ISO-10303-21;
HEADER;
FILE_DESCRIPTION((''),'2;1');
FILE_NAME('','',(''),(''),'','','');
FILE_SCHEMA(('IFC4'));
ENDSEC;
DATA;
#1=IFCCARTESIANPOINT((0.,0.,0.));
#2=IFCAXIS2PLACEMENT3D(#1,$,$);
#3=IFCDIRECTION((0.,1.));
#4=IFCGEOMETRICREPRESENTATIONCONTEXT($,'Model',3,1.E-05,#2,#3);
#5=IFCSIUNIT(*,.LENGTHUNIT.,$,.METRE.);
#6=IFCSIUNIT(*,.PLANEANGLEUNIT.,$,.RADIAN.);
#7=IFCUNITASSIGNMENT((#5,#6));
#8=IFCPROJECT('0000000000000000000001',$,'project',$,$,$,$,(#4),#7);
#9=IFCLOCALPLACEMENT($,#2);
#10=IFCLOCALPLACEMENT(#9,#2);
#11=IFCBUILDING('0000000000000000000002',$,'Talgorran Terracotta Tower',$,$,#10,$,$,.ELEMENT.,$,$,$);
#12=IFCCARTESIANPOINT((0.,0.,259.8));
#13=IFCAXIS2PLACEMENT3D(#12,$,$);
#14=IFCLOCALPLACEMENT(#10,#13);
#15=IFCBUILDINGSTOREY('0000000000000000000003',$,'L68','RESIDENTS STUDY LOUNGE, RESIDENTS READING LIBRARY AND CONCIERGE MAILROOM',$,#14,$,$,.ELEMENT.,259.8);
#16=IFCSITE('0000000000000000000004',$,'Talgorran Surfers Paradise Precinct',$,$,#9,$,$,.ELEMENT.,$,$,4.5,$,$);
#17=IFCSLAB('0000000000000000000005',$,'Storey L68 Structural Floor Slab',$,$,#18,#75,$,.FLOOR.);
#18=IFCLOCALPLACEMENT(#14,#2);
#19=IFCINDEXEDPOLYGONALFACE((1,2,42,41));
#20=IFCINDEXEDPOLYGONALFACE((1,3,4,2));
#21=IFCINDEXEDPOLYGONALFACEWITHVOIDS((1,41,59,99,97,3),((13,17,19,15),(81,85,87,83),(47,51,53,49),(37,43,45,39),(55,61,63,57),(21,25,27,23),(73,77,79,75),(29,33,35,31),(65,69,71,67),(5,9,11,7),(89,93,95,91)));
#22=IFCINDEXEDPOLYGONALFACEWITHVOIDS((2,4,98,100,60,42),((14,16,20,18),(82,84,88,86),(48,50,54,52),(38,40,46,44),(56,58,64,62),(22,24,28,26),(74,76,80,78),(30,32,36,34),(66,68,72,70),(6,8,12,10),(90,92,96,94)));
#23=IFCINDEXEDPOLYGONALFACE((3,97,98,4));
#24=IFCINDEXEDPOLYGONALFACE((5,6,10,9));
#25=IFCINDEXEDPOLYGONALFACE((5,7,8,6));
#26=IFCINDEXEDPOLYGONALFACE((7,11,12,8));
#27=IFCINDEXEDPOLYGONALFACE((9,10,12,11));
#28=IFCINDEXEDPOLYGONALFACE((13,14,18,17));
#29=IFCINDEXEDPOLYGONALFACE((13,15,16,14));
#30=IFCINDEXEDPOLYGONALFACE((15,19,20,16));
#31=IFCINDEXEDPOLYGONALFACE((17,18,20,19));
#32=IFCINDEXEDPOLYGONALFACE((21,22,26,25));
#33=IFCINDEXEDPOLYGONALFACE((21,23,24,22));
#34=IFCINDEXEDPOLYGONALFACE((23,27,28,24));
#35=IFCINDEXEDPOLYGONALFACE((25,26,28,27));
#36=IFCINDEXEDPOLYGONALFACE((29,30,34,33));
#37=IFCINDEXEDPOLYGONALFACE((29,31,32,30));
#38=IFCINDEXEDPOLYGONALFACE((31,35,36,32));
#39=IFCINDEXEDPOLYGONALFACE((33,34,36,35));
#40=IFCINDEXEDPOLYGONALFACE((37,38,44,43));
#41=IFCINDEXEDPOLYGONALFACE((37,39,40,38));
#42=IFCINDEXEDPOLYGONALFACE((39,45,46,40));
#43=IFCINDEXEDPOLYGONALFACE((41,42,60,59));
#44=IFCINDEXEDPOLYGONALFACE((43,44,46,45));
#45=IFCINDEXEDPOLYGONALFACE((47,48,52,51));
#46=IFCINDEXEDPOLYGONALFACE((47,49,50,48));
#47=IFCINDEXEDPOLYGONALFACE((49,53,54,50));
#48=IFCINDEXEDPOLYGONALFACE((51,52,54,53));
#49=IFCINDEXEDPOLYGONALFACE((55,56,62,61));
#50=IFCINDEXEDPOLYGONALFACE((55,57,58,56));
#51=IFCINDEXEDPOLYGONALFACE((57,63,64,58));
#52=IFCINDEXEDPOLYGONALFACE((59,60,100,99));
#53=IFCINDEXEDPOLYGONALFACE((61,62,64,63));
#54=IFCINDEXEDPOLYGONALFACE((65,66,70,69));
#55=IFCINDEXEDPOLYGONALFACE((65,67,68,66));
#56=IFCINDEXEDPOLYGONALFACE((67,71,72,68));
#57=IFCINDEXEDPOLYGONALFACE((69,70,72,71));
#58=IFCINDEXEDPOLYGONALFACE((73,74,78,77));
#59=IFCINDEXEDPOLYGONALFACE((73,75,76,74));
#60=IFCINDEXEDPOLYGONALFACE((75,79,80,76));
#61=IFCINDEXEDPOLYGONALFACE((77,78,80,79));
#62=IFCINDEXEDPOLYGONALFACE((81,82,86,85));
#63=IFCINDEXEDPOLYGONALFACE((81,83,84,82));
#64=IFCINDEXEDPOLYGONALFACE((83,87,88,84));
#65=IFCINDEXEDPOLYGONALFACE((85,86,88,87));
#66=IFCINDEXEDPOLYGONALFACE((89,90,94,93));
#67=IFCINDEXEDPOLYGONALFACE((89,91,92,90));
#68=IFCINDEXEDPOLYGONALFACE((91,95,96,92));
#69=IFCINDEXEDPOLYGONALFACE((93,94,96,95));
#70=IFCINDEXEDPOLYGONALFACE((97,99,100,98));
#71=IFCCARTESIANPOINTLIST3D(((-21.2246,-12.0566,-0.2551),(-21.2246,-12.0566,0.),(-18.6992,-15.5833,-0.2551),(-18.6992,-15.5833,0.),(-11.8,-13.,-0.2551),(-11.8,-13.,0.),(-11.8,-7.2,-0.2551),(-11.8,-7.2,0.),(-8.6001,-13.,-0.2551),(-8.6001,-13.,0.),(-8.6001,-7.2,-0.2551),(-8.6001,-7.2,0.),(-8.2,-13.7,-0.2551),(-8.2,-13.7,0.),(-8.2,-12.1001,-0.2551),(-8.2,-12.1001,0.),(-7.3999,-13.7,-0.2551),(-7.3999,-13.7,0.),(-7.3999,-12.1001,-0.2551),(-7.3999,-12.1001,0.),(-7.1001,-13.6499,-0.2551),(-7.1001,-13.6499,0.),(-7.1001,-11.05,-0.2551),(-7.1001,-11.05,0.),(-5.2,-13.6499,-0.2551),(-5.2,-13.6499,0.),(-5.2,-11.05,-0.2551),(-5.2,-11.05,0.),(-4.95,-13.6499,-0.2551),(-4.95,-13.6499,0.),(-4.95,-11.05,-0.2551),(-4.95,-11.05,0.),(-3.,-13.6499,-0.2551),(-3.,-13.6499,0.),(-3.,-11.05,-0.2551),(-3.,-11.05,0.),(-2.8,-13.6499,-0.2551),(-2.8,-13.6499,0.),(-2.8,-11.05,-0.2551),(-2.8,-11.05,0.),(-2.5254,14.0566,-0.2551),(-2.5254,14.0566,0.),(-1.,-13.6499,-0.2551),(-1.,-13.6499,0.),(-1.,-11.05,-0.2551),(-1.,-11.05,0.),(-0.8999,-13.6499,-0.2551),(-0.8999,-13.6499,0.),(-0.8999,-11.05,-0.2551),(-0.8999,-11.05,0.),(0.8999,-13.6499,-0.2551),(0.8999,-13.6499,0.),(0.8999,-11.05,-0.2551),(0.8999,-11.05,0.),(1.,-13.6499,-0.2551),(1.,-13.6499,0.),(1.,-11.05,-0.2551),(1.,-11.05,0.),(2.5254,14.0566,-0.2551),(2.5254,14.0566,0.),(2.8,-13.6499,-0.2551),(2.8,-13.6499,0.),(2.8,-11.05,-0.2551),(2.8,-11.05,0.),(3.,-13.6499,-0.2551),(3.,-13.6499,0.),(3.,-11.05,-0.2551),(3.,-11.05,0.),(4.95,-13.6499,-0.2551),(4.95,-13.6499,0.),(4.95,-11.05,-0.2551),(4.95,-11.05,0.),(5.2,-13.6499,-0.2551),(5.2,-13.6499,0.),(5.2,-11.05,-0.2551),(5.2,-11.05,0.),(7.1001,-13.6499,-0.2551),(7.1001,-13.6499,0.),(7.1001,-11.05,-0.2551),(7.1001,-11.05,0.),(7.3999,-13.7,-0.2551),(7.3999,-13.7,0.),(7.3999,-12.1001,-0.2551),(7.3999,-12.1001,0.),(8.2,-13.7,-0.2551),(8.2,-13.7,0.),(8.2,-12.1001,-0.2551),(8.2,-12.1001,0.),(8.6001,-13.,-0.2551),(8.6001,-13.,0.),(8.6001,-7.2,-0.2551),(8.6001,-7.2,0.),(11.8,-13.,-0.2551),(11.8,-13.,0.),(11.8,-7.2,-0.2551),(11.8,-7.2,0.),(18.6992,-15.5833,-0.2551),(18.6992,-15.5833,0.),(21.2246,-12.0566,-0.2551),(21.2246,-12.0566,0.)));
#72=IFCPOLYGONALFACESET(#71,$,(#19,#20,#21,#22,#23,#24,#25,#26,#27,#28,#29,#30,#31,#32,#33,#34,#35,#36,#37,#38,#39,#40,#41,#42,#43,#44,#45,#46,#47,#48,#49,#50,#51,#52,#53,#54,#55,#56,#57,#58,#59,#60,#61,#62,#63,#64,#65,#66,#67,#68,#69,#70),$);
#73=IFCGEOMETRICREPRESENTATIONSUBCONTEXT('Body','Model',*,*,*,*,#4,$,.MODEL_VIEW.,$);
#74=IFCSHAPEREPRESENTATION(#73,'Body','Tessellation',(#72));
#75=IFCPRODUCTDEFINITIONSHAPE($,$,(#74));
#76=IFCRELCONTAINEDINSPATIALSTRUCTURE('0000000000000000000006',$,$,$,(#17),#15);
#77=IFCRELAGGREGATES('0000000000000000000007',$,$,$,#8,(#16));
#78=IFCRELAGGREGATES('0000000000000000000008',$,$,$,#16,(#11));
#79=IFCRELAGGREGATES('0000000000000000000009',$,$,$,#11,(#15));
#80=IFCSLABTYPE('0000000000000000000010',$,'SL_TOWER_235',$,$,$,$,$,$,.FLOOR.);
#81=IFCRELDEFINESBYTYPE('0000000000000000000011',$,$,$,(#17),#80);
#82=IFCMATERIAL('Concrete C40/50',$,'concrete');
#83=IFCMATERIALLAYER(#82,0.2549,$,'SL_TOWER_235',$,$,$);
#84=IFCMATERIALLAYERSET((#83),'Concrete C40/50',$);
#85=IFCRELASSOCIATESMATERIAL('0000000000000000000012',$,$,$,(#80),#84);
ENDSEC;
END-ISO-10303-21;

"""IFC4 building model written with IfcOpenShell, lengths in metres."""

from ifc_helpers import new_model, si_unit, direction, frame, origin, place, context, subcontext, project, spatial, polyline, outline, extrude, material, layer, layer_set, type_object, element, save


model = new_model("IFC4")

# Units and contexts
model_context = context("Model", 3, precision=1e-05, world=origin(), true_north=direction((0.0, 1.0)))
body_context = subcontext(model_context, "Body", "Model", "MODEL_VIEW")
ifc_project = project(units=[si_unit("LENGTHUNIT", "METRE"), si_unit("PLANEANGLEUNIT", "RADIAN")], contexts=[model_context])

# Site, building, storey
site_placement = place(None, origin())
site = spatial("IfcSite", under=ifc_project, at=site_placement, Name="Talgorran Surfers Paradise Precinct", CompositionType="ELEMENT", RefElevation=4.5)
building_placement = place(site_placement, origin())
building = spatial("IfcBuilding", under=site, at=building_placement, Name="Talgorran Terracotta Tower", CompositionType="ELEMENT")
storey_placement = place(building_placement, frame((0.0, 0.0, 259.8)))
storey = spatial("IfcBuildingStorey", under=building, at=storey_placement, Name="L68", Description="RESIDENTS STUDY LOUNGE, RESIDENTS READING LIBRARY AND CONCIERGE MAILROOM", CompositionType="ELEMENT", Elevation=259.8)

# Slab
ifc_material_1 = material(Name="Concrete C40/50", Category="concrete")
ifc_layer_1 = layer(ifc_material_1, 0.2549, Name="SL_TOWER_235")
ifc_layer_set_1 = layer_set([ifc_layer_1], Name="Concrete C40/50")
slab_type_1 = type_object("IfcSlabType", Name="SL_TOWER_235", PredefinedType="FLOOR", material=ifc_layer_set_1)
slab_1_placement = place(storey_placement, frame((0.0, 0.0, -0.2551)))
element("IfcSlab", 1, at=slab_1_placement, inside=storey, type_object=slab_type_1, Name="Storey L68 Structural Floor Slab", PredefinedType="FLOOR", context=body_context, shape_type="SweptSolid", body=[
    extrude(outline(polyline([(-21.2246, -12.0566), (-18.6992, -15.5833), (18.6992, -15.5833), (21.2246, -12.0566), (2.5254, 14.0566), (-2.5254, 14.0566), (-21.2246, -12.0566)]), holes=[polyline([(-11.8, -7.2), (-11.8, -13.0), (-8.6001, -13.0), (-8.6001, -7.2), (-11.8, -7.2)]), polyline([(8.6001, -7.2), (8.6001, -13.0), (11.8, -13.0), (11.8, -7.2), (8.6001, -7.2)]), polyline([(-7.1001, -13.6499), (-5.2, -13.6499), (-5.2, -11.05), (-7.1001, -11.05), (-7.1001, -13.6499)]), polyline([(5.2, -13.6499), (7.1001, -13.6499), (7.1001, -11.05), (5.2, -11.05), (5.2, -13.6499)]), polyline([(3.0, -13.6499), (4.95, -13.6499), (4.95, -11.05), (3.0, -11.05), (3.0, -13.6499)]), polyline([(-4.95, -13.6499), (-3.0, -13.6499), (-3.0, -11.05), (-4.95, -11.05), (-4.95, -13.6499)]), polyline([(-2.8, -13.6499), (-1.0, -13.6499), (-1.0, -11.05), (-2.8, -11.05), (-2.8, -13.6499)]), polyline([(-0.8999, -13.6499), (0.8999, -13.6499), (0.8999, -11.05), (-0.8999, -11.05), (-0.8999, -13.6499)]), polyline([(1.0, -13.6499), (2.8, -13.6499), (2.8, -11.05), (1.0, -11.05), (1.0, -13.6499)]), polyline([(-8.2, -13.7), (-7.3999, -13.7), (-7.3999, -12.1001), (-8.2, -12.1001), (-8.2, -13.7)]), polyline([(7.3999, -13.7), (8.2, -13.7), (8.2, -12.1001), (7.3999, -12.1001), (7.3999, -13.7)])]), origin(), (0.0, 0.0, 1.0), 0.2551),
])

save(model, "model.ifc")
